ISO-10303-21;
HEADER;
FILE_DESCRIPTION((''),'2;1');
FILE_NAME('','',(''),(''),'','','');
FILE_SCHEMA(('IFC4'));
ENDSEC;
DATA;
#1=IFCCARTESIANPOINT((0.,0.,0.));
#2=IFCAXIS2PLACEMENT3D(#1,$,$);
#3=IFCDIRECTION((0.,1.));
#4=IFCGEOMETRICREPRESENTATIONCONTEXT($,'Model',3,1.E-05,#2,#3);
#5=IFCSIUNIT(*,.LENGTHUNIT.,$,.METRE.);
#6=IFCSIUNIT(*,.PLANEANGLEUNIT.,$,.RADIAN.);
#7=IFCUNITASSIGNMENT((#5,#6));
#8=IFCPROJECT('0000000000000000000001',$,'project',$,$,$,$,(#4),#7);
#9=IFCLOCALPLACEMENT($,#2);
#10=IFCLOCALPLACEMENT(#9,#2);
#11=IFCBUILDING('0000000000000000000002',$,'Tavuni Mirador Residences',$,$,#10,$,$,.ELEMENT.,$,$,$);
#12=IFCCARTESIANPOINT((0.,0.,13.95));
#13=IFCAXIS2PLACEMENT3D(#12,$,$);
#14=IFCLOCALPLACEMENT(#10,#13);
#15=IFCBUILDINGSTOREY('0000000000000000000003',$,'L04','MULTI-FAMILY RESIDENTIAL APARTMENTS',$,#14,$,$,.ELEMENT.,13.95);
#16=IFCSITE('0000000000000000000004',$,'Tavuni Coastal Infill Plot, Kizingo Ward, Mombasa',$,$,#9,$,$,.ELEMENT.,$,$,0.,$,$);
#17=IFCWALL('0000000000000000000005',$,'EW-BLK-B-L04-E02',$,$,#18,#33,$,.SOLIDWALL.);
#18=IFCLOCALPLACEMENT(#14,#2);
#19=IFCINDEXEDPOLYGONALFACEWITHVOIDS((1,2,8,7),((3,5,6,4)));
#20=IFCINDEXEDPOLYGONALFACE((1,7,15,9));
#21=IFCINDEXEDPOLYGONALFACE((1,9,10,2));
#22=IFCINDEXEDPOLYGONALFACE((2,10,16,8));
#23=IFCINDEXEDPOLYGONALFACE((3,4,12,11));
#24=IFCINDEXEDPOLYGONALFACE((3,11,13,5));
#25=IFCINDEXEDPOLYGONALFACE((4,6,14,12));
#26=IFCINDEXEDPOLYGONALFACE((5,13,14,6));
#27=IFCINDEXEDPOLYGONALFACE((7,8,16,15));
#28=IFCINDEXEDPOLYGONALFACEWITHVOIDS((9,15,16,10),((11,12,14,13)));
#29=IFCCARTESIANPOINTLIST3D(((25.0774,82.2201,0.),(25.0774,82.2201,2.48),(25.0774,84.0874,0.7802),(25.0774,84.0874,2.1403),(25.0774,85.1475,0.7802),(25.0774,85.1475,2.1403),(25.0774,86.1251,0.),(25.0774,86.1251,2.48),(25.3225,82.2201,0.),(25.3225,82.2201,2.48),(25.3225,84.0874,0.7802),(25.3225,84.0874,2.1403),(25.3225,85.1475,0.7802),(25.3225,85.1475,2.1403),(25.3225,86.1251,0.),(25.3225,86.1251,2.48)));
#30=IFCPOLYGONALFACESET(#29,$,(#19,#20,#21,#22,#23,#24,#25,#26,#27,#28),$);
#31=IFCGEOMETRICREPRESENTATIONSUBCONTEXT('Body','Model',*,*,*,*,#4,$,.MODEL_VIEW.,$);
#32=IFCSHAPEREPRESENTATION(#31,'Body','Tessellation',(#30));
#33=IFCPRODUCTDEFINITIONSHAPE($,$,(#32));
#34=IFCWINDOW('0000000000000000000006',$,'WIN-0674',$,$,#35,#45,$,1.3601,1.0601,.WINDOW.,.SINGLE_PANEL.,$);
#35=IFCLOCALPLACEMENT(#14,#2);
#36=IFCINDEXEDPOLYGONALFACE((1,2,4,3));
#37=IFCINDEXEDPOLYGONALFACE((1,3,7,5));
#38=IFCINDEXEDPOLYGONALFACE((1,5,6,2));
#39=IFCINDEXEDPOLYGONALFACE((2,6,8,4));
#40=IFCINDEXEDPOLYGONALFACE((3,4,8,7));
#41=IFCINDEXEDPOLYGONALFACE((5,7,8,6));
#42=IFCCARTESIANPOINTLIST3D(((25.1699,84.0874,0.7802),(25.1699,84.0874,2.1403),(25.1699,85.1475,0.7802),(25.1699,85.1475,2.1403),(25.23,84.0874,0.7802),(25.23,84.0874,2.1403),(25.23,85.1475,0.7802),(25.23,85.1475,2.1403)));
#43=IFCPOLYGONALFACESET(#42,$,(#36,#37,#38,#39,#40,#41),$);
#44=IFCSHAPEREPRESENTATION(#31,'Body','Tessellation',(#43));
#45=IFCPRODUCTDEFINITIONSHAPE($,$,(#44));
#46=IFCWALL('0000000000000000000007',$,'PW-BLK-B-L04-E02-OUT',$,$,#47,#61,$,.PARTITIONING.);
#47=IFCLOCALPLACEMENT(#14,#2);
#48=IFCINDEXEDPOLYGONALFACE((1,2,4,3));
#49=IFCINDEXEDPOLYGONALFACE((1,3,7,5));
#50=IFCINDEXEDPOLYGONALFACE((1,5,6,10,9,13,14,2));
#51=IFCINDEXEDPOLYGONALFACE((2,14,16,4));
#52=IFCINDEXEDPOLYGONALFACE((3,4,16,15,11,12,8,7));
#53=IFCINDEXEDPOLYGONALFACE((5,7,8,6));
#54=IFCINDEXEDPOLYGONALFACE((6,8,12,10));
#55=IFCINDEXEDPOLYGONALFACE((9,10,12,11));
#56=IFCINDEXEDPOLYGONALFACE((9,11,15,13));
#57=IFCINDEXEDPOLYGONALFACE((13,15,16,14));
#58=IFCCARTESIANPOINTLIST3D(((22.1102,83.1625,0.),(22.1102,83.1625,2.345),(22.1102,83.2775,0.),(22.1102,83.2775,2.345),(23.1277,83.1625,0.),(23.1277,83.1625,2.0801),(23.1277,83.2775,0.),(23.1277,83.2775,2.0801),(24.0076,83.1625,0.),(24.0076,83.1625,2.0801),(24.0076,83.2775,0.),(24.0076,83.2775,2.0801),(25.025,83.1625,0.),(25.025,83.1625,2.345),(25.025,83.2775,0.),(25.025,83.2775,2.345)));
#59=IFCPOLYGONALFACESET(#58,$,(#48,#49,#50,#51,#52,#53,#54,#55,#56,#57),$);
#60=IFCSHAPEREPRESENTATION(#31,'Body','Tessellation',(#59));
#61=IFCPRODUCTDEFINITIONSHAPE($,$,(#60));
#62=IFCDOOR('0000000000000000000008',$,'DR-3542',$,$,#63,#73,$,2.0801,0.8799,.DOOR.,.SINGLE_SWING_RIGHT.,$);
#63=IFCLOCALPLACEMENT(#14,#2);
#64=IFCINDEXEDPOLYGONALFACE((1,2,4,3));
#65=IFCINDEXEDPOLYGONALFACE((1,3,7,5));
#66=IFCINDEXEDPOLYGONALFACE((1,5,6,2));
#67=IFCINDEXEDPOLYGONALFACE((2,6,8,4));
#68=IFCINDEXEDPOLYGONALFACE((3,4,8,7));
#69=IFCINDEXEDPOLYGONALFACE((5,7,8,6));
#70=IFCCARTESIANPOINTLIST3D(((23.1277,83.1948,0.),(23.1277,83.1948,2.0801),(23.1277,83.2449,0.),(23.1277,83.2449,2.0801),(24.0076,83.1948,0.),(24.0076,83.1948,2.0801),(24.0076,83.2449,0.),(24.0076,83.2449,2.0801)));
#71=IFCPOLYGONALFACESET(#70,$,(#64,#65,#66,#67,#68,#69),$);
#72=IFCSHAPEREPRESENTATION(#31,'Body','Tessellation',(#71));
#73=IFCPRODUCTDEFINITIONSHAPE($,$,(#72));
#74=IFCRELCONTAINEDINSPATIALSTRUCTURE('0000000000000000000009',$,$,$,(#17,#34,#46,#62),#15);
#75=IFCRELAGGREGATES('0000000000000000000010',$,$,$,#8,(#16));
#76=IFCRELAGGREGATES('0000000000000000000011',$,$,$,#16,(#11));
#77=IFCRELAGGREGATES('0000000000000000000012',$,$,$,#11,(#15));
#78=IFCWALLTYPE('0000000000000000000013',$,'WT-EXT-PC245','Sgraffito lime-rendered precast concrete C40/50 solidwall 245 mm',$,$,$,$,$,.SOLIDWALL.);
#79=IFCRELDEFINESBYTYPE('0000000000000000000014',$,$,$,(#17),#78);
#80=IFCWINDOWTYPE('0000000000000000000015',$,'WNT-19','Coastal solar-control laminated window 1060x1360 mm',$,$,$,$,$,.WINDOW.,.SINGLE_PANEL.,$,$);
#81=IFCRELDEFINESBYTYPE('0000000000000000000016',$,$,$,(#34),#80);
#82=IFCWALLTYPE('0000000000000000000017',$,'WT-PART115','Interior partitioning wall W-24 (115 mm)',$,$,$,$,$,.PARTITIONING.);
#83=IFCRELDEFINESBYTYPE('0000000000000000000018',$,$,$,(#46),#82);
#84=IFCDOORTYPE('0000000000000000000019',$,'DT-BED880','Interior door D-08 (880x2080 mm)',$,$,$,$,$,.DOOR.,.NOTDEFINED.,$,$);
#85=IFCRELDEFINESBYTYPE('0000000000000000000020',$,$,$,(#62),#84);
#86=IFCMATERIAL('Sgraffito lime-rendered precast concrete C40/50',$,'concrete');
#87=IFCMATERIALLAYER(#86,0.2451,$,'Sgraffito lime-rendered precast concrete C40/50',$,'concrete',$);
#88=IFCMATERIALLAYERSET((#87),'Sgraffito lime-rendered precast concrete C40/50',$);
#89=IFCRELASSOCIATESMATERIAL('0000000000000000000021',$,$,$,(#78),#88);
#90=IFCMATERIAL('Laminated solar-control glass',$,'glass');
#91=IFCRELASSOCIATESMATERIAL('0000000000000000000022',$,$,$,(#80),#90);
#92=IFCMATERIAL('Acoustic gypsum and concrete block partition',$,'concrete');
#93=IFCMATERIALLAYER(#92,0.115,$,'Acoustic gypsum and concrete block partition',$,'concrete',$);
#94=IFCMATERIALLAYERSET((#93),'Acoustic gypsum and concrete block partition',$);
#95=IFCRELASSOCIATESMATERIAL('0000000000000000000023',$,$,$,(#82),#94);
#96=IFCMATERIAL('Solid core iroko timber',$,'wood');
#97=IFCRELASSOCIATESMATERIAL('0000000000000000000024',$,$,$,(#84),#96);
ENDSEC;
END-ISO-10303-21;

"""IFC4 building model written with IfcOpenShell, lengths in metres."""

from ifc_helpers import new_model, si_unit, direction, frame, frame_2d, origin, place, context, subcontext, project, spatial, rectangle, extrude, material, layer, layer_set, type_object, element, fill, save


model = new_model("IFC4")

# Units and contexts
model_context = context("Model", 3, precision=1e-05, world=origin(), true_north=direction((0.0, 1.0)))
body_context = subcontext(model_context, "Body", "Model", "MODEL_VIEW")
ifc_project = project(units=[si_unit("LENGTHUNIT", "METRE"), si_unit("PLANEANGLEUNIT", "RADIAN")], contexts=[model_context])

# Site, building, storey
site_placement = place(None, origin())
site = spatial("IfcSite", under=ifc_project, at=site_placement, Name="Tavuni Coastal Infill Plot, Kizingo Ward, Mombasa", CompositionType="ELEMENT", RefElevation=0.0)
building_placement = place(site_placement, origin())
building = spatial("IfcBuilding", under=site, at=building_placement, Name="Tavuni Mirador Residences", CompositionType="ELEMENT")
storey_placement = place(building_placement, frame((0.0, 0.0, 13.95)))
storey = spatial("IfcBuildingStorey", under=building, at=storey_placement, Name="L04", Description="MULTI-FAMILY RESIDENTIAL APARTMENTS", CompositionType="ELEMENT", Elevation=13.95)

# Shared definitions
ifc_material_1 = material(Name="Laminated solar-control glass", Category="glass")

# Wall, opening, window
ifc_material_2 = material(Name="Sgraffito lime-rendered precast concrete C40/50", Category="concrete")
ifc_layer_1 = layer(ifc_material_2, 0.2451, Name="Sgraffito lime-rendered precast concrete C40/50", Category="concrete")
ifc_layer_set_1 = layer_set([ifc_layer_1], Name="Sgraffito lime-rendered precast concrete C40/50")
wall_type_1 = type_object("IfcWallType", Name="WT-EXT-PC245", Description="Sgraffito lime-rendered precast concrete C40/50 solidwall 245 mm", PredefinedType="SOLIDWALL", material=ifc_layer_set_1)
wall_1_placement = place(storey_placement, frame((25.2, 82.22, 0.0), z_axis=(0.0, 0.0, 1.0), x_axis=(0.0, 1.0, 0.0)))
wall_1 = element("IfcWall", 1, at=wall_1_placement, inside=storey, type_object=wall_type_1, Name="EW-BLK-B-L04-E02", PredefinedType="SOLIDWALL", context=body_context, shape_type="SweptSolid", body=[
    extrude(rectangle(XDim=3.905, YDim=0.2451, at=frame_2d((1.9526, 0.0))), origin(), (0.0, 0.0, 1.0), 2.48),
])
opening_1_placement = place(wall_1_placement, frame((1.8674, 0.0, 0.78)))
opening_1 = element("IfcOpeningElement", 2, at=opening_1_placement, cuts=wall_1, PredefinedType="OPENING", context=body_context, shape_type="SweptSolid", body=[
    extrude(rectangle(XDim=1.0601, YDim=1.3601, at=frame_2d((0.53, 0.6802))), frame((0.0, 0.1326, 0.0), z_axis=(0.0, -1.0, 0.0), x_axis=(1.0, 0.0, 0.0)), (0.0, 0.0, 1.0), 0.2651),
])
window_type = type_object("IfcWindowType", Name="WNT-19", Description="Coastal solar-control laminated window 1060x1360 mm", PartitioningType="SINGLE_PANEL", PredefinedType="WINDOW", material=ifc_material_1)
window_placement = place(opening_1_placement, origin())
window = element("IfcWindow", 3, at=window_placement, inside=storey, type_object=window_type, Name="WIN-0674", OverallHeight=1.3601, OverallWidth=1.0601, PartitioningType="SINGLE_PANEL", PredefinedType="WINDOW", context=body_context, shape_type="SweptSolid", body=[
    extrude(rectangle(XDim=1.0601, YDim=1.3601, at=frame_2d((0.53, 0.6802))), frame((0.0, 0.03, 0.0), z_axis=(0.0, -1.0, 0.0), x_axis=(1.0, 0.0, 0.0)), (0.0, 0.0, 1.0), 0.0601),
])
fill(opening_1, window)

# Wall, opening, door
ifc_material_3 = material(Name="Acoustic gypsum and concrete block partition", Category="concrete")
ifc_layer_2 = layer(ifc_material_3, 0.115, Name="Acoustic gypsum and concrete block partition", Category="concrete")
ifc_layer_set_2 = layer_set([ifc_layer_2], Name="Acoustic gypsum and concrete block partition")
wall_type_2 = type_object("IfcWallType", Name="WT-PART115", Description="Interior partitioning wall W-24 (115 mm)", PredefinedType="PARTITIONING", material=ifc_layer_set_2)
wall_2_placement = place(storey_placement, frame((22.1101, 83.22, 0.0), z_axis=(0.0, 0.0, 1.0), x_axis=(1.0, 0.0, 0.0)))
wall_2 = element("IfcWall", 4, at=wall_2_placement, inside=storey, type_object=wall_type_2, Name="PW-BLK-B-L04-E02-OUT", PredefinedType="PARTITIONING", context=body_context, shape_type="SweptSolid", body=[
    extrude(rectangle(XDim=2.9148, YDim=0.115, at=frame_2d((1.4575, 0.0))), origin(), (0.0, 0.0, 1.0), 2.345),
])
opening_2_placement = place(wall_2_placement, frame((1.0176, 0.0, 0.0)))
opening_2 = element("IfcOpeningElement", 5, at=opening_2_placement, cuts=wall_2, PredefinedType="OPENING", context=body_context, shape_type="SweptSolid", body=[
    extrude(rectangle(XDim=0.8799, YDim=2.0801, at=frame_2d((0.4399, 1.04))), frame((0.0, 0.0674, 0.0), z_axis=(0.0, -1.0, 0.0), x_axis=(1.0, 0.0, 0.0)), (0.0, 0.0, 1.0), 0.135),
])
ifc_material_4 = material(Name="Solid core iroko timber", Category="wood")
door_type = type_object("IfcDoorType", Name="DT-BED880", Description="Interior door D-08 (880x2080 mm)", OperationType="NOTDEFINED", PredefinedType="DOOR", material=ifc_material_4)
door_placement = place(opening_2_placement, origin())
door = element("IfcDoor", 6, at=door_placement, inside=storey, type_object=door_type, Name="DR-3542", OperationType="SINGLE_SWING_RIGHT", OverallHeight=2.0801, OverallWidth=0.8799, PredefinedType="DOOR", context=body_context, shape_type="SweptSolid", body=[
    extrude(rectangle(XDim=0.8799, YDim=2.0801, at=frame_2d((0.4399, 1.04))), frame((0.0, 0.0249, 0.0), z_axis=(0.0, -1.0, 0.0), x_axis=(1.0, 0.0, 0.0)), (0.0, 0.0, 1.0), 0.05),
])
fill(opening_2, door)

save(model, "model.ifc")
